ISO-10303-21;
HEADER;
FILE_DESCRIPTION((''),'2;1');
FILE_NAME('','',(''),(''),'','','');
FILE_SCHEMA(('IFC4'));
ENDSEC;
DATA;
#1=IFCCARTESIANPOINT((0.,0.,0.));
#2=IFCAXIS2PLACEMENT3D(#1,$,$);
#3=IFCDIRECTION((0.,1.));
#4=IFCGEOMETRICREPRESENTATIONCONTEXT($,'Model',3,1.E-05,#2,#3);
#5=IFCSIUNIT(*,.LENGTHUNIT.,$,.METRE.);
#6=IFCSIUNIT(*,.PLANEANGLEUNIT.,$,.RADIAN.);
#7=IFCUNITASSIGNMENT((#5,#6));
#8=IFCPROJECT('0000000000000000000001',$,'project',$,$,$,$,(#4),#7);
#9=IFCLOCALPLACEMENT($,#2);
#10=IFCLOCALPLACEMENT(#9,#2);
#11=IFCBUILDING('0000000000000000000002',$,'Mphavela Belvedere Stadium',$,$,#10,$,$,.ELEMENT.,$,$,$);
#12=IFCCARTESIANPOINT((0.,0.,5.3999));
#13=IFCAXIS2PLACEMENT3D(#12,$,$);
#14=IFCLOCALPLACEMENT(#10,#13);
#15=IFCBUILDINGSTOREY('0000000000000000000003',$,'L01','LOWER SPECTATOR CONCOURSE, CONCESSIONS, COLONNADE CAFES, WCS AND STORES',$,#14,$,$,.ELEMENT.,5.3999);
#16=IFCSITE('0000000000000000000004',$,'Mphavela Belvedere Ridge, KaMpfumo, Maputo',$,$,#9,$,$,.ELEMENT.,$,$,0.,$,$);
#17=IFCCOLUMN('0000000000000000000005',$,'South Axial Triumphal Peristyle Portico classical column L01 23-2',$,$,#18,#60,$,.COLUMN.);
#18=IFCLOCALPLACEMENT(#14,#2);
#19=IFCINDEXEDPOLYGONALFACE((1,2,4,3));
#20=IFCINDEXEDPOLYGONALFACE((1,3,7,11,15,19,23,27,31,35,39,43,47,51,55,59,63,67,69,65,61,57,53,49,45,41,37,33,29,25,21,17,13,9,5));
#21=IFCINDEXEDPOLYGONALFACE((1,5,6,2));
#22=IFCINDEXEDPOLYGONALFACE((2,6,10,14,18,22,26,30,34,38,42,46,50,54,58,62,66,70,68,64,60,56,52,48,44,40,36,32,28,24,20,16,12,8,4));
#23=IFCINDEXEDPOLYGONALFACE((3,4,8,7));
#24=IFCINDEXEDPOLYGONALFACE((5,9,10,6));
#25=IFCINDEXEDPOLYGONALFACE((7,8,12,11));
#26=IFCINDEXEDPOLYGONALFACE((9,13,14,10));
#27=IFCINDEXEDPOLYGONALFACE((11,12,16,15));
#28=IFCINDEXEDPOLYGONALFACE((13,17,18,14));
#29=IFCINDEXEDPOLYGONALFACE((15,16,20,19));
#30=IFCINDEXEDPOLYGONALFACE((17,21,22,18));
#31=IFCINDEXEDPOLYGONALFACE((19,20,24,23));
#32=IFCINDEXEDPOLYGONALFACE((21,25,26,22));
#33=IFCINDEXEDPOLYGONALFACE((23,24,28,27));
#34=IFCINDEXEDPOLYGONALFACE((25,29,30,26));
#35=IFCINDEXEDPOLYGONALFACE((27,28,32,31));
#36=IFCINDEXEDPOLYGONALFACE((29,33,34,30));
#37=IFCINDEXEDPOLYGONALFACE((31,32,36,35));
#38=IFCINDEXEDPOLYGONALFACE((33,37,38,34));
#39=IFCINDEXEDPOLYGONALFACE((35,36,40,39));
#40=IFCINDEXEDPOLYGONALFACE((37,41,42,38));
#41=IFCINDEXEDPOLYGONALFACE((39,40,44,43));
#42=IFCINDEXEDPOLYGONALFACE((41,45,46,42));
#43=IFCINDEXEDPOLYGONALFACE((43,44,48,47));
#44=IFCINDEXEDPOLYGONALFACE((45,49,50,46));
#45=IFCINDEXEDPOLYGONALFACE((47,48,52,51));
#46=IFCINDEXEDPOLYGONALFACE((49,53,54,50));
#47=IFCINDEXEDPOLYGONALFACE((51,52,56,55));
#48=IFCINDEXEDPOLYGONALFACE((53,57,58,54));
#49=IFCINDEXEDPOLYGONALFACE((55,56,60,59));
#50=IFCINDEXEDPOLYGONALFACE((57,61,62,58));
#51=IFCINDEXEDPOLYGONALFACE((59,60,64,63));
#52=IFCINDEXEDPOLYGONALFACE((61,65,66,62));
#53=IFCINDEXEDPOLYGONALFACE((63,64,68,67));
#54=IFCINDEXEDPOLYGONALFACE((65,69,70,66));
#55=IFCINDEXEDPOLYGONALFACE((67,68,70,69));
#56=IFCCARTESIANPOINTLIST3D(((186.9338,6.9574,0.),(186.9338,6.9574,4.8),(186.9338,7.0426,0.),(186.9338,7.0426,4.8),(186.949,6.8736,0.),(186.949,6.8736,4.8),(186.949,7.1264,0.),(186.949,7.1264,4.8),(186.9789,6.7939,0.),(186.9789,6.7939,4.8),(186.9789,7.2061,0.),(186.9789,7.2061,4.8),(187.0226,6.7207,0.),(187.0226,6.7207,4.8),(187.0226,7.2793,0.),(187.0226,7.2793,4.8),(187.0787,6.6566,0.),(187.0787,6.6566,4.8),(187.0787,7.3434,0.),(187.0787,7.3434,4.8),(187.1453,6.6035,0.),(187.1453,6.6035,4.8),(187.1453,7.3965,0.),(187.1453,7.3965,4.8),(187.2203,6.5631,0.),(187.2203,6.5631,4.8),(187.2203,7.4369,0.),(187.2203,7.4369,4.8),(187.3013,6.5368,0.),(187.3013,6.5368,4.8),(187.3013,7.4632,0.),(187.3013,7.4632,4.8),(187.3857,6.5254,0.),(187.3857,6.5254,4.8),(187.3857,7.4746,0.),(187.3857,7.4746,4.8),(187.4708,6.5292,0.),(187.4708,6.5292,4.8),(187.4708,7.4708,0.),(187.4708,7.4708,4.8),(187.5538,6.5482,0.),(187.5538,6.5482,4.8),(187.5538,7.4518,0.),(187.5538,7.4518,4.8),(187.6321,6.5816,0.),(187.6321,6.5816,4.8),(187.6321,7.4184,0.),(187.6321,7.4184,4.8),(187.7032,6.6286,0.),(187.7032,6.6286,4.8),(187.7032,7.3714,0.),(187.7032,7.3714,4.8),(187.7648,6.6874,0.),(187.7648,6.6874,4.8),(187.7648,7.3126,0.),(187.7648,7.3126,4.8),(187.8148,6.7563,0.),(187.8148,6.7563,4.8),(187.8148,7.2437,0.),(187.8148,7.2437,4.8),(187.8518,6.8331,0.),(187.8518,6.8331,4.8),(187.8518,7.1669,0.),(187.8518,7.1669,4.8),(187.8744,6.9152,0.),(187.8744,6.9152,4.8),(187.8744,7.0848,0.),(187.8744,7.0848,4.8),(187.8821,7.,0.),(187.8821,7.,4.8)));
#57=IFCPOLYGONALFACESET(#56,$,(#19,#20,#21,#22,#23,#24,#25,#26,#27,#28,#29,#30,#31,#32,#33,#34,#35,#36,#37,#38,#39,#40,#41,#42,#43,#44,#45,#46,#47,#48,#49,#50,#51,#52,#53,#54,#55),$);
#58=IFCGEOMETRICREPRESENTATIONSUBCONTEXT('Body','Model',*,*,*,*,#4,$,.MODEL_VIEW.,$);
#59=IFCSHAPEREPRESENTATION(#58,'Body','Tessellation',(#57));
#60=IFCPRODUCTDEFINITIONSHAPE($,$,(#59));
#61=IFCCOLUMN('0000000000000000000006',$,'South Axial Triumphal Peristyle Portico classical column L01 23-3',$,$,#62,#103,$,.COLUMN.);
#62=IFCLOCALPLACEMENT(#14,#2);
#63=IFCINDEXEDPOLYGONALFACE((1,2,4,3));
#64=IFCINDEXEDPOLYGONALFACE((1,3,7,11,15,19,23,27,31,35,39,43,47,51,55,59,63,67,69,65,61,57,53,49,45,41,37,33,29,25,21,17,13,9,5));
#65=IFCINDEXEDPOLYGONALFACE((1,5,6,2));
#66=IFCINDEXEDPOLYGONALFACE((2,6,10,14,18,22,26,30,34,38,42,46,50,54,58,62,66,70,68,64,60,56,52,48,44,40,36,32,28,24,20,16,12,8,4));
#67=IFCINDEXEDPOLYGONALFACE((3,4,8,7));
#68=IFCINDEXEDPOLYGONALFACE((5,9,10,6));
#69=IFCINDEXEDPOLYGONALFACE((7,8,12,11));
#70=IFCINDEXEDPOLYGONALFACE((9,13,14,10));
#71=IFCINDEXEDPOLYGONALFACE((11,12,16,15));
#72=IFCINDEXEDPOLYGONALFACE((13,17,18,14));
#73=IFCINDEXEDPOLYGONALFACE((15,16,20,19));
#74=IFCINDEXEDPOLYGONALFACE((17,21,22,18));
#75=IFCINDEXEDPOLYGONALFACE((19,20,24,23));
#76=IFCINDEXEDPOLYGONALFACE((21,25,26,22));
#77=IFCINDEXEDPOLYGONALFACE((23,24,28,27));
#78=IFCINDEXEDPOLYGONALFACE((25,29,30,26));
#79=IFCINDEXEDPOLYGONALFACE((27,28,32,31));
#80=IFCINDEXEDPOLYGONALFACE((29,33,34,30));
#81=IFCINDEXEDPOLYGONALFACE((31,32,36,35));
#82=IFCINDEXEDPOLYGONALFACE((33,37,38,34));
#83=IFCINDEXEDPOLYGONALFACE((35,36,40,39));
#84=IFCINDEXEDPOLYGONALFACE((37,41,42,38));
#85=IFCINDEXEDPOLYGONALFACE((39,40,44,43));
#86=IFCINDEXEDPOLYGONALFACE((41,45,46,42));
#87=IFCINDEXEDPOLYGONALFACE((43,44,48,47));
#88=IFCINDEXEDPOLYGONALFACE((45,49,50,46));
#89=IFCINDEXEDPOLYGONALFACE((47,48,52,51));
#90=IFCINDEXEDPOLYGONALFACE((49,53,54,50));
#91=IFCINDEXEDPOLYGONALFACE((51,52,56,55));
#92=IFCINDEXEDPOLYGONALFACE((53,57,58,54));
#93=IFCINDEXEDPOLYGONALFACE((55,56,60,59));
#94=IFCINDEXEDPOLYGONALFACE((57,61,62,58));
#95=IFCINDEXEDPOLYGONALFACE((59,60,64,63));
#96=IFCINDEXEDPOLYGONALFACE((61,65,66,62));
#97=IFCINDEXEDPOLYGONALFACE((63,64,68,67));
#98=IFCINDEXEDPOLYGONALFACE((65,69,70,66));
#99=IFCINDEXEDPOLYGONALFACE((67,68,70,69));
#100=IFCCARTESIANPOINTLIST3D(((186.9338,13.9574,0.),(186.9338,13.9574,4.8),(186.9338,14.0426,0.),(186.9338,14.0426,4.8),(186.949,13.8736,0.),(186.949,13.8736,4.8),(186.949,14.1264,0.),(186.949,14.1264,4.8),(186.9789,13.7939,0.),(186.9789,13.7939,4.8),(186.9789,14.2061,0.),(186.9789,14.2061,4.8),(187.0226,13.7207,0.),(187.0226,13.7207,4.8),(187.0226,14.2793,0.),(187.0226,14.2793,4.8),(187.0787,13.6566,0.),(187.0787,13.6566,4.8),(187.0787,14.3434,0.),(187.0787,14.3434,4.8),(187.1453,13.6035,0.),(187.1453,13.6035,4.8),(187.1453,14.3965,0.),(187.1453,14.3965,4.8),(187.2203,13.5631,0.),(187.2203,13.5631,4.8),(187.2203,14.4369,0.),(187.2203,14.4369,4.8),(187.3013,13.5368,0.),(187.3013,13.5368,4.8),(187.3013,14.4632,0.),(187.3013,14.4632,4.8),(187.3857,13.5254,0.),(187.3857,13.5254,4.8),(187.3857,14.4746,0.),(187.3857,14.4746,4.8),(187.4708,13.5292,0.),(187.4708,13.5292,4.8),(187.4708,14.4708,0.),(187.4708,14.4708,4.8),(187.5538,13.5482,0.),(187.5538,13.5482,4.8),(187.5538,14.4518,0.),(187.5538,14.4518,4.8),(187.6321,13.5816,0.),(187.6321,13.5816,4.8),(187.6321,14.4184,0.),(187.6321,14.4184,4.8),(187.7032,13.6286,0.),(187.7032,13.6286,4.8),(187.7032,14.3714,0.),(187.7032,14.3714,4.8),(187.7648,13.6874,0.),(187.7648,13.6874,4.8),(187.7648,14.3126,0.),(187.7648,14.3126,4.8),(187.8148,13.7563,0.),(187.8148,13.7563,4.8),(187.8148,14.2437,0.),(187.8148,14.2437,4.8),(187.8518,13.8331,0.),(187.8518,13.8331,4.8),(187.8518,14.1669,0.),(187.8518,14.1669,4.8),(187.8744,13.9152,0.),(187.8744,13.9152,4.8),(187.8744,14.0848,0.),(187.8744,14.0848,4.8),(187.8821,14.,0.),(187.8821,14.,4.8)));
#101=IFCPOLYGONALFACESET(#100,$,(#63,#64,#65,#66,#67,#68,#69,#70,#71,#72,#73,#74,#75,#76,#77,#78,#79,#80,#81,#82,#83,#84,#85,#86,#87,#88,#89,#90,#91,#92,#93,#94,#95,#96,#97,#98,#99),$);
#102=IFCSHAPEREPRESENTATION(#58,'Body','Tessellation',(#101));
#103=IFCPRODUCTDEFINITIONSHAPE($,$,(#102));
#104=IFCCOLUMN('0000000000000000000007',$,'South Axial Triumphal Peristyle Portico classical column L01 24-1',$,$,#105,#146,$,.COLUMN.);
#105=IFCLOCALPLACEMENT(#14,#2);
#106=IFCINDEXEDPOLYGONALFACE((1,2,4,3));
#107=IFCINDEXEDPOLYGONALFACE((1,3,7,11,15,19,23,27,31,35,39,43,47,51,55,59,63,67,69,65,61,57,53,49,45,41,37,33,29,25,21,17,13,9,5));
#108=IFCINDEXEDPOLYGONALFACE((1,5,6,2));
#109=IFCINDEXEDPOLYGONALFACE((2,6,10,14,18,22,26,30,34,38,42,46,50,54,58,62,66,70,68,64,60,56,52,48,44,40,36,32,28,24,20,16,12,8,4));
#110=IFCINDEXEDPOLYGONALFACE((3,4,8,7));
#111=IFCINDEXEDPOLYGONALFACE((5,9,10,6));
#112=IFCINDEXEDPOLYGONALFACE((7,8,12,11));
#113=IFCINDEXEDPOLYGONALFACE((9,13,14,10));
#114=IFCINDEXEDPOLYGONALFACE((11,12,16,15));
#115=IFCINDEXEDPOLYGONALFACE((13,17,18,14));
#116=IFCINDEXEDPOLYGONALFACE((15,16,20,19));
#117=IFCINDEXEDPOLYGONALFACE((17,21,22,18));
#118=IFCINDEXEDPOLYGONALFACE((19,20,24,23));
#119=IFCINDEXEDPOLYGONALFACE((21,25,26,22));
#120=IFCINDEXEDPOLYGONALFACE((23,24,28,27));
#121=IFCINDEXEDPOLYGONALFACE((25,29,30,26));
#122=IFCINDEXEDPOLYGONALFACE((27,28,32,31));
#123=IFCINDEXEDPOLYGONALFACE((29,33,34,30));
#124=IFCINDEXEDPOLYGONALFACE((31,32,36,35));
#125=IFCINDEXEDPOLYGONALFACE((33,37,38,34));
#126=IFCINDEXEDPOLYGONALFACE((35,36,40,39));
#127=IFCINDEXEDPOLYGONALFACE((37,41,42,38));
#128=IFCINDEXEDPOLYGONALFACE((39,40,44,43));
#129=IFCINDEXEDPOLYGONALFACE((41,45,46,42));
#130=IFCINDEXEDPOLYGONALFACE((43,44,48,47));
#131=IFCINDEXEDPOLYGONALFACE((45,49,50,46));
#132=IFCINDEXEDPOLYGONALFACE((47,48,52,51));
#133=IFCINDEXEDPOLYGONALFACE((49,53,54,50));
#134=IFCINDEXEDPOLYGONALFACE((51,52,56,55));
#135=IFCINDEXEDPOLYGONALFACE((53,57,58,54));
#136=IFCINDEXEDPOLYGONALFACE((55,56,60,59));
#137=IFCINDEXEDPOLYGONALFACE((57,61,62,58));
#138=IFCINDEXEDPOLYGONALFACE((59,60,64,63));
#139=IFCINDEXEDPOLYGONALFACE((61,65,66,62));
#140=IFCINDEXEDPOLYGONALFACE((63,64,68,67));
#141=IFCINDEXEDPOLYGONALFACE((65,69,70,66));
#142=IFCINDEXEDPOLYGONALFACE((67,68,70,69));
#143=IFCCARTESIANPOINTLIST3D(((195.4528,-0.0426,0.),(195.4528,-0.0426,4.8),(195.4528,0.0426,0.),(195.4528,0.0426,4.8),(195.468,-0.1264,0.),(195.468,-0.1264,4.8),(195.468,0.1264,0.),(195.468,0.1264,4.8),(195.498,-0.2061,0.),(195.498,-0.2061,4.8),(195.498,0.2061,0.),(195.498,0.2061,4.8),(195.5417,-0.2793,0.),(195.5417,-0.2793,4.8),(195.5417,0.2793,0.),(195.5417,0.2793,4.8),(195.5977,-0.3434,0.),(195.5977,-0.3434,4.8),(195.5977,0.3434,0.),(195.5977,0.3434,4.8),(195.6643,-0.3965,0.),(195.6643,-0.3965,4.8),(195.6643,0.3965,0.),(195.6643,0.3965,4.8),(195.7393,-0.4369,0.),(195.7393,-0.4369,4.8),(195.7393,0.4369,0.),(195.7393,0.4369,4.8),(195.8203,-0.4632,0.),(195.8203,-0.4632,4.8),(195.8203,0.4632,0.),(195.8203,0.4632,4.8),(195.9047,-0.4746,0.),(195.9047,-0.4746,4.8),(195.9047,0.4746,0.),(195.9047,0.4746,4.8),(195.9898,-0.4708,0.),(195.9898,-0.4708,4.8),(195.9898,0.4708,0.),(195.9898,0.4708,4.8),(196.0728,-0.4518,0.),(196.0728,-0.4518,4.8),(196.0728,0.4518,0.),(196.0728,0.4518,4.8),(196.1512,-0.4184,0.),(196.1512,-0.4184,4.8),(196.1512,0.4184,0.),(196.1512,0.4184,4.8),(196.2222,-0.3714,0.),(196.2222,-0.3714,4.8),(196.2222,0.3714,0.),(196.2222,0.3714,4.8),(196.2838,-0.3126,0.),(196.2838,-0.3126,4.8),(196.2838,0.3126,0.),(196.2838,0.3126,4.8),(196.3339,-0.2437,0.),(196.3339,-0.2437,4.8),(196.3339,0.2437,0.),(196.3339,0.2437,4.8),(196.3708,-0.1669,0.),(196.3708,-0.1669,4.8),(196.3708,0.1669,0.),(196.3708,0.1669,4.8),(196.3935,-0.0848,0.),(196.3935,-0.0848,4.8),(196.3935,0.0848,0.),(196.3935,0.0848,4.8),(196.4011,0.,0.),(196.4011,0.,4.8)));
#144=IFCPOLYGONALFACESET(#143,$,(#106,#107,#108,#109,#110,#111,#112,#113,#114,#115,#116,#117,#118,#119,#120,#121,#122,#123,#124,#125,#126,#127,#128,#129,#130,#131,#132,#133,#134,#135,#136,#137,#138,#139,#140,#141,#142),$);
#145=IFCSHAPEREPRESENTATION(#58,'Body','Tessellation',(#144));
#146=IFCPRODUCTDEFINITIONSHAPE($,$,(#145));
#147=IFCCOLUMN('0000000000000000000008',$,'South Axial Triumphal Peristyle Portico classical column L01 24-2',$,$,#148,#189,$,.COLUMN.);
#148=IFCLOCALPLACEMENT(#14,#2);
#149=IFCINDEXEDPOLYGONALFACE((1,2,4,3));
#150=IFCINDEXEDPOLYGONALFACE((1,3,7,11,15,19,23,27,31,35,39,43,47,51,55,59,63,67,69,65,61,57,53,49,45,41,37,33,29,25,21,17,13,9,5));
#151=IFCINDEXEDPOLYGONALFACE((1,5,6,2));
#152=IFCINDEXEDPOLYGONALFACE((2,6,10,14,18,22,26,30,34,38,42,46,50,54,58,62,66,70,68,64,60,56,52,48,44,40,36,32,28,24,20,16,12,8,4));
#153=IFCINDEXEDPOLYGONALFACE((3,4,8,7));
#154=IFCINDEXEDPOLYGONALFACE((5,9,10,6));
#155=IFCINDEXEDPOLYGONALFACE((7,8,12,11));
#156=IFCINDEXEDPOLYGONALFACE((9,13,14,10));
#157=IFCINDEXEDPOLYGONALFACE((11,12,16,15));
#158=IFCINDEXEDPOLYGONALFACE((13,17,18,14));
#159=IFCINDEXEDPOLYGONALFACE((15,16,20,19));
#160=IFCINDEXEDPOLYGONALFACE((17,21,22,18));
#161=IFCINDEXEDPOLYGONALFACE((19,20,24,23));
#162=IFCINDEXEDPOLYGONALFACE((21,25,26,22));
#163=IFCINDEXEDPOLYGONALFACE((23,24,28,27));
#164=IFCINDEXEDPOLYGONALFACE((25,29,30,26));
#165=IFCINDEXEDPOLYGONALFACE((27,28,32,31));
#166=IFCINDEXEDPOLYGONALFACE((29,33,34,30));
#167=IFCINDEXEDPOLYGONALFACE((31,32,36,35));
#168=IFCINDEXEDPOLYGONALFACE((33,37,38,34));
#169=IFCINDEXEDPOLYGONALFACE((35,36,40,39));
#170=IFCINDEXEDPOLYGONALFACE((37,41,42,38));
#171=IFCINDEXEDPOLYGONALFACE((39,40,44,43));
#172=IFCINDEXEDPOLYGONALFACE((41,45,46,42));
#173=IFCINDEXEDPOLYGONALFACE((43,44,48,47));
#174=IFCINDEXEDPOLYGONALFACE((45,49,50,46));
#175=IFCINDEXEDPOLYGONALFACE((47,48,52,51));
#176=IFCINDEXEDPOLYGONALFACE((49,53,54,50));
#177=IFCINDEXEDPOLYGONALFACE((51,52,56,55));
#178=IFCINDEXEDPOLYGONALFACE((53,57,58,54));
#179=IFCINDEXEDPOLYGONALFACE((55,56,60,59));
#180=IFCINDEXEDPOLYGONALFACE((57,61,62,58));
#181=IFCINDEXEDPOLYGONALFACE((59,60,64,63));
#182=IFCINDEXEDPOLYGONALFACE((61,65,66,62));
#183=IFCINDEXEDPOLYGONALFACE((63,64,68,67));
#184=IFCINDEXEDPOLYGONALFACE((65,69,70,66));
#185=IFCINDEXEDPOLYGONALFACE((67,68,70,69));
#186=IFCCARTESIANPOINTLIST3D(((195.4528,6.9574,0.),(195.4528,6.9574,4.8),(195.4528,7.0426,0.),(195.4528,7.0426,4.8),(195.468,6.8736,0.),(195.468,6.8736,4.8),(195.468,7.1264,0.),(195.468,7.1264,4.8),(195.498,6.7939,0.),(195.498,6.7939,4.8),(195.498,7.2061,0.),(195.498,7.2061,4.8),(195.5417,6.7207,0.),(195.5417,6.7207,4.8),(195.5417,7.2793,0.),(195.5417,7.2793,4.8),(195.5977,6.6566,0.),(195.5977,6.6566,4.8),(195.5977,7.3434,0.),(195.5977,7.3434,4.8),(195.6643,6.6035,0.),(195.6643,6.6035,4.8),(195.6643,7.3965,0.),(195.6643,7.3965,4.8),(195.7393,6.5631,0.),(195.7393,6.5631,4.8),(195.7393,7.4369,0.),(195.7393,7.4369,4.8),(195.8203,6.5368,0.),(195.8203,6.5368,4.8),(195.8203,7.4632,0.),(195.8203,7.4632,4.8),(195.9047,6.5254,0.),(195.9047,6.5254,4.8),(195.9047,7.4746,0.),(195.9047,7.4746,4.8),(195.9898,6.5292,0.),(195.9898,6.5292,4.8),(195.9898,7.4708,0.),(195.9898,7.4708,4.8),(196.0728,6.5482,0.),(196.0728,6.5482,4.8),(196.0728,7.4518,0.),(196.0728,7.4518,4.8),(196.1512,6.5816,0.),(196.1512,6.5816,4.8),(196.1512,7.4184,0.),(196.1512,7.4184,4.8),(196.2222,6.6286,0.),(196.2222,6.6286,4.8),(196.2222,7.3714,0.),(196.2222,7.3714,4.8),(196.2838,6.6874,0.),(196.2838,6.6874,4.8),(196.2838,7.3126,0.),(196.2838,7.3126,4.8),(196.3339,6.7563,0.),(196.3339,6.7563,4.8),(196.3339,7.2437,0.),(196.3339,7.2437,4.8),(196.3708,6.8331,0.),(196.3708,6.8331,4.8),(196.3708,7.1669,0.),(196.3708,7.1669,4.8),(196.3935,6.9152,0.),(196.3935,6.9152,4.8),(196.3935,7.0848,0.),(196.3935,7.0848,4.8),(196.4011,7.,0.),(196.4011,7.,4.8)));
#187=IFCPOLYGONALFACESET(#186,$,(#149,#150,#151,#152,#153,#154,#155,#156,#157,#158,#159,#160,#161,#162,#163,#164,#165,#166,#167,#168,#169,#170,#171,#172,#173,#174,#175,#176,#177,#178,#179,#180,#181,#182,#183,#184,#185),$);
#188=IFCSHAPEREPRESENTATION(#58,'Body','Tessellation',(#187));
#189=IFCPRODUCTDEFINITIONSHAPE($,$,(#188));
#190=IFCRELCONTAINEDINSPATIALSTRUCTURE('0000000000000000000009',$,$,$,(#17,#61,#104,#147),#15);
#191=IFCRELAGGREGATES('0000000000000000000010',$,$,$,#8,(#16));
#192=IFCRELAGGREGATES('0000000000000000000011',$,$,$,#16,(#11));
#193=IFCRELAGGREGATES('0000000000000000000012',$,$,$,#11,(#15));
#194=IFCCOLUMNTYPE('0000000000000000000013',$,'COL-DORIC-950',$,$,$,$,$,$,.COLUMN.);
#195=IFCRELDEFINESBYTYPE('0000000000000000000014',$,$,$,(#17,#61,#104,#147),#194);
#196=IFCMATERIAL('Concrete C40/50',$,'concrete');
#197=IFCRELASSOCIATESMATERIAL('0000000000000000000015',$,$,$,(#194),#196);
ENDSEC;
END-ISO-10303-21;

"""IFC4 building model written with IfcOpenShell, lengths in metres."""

from ifc_helpers import new_model, si_unit, direction, frame, origin, origin_2d, place, context, subcontext, project, spatial, circle, extrude, material, material_profile, profile_set, type_object, element, save


model = new_model("IFC4")

# Units and contexts
model_context = context("Model", 3, precision=1e-05, world=origin(), true_north=direction((0.0, 1.0)))
body_context = subcontext(model_context, "Body", "Model", "MODEL_VIEW")
ifc_project = project(units=[si_unit("LENGTHUNIT", "METRE"), si_unit("PLANEANGLEUNIT", "RADIAN")], contexts=[model_context])

# Site, building, storey
site_placement = place(None, origin())
site = spatial("IfcSite", under=ifc_project, at=site_placement, Name="Mphavela Belvedere Ridge, KaMpfumo, Maputo", CompositionType="ELEMENT", RefElevation=0.0)
building_placement = place(site_placement, origin())
building = spatial("IfcBuilding", under=site, at=building_placement, Name="Mphavela Belvedere Stadium", CompositionType="ELEMENT")
storey_placement = place(building_placement, frame((0.0, 0.0, 5.3999)))
storey = spatial("IfcBuildingStorey", under=building, at=storey_placement, Name="L01", Description="LOWER SPECTATOR CONCOURSE, CONCESSIONS, COLONNADE CAFES, WCS AND STORES", CompositionType="ELEMENT", Elevation=5.3999)

# Columns
ifc_material_1 = material(Name="Concrete C40/50", Category="concrete")
ifc_material_profile_1 = material_profile(ifc_material_1, circle(Radius=0.4751, at=origin_2d()), Name="COL D950")
ifc_profile_set_1 = profile_set([ifc_material_profile_1], Name="Concrete C40/50")
column_type_1 = type_object("IfcColumnType", Name="COL-DORIC-950", PredefinedType="COLUMN", material=ifc_profile_set_1)
for number, where, z_axis, x_axis, name in (
    (1, (187.407, 7.0, 0.0), (0.0, 0.0, 1.0), (1.0, 0.0, 0.0), "South Axial Triumphal Peristyle Portico classical column L01 23-2"),
    (2, (187.407, 14.0, 0.0), (0.0, 0.0, 1.0), (1.0, 0.0, 0.0), "South Axial Triumphal Peristyle Portico classical column L01 23-3"),
    (3, (195.926, 0.0, 0.0), (0.0, 0.0, 1.0), (1.0, 0.0, 0.0), "South Axial Triumphal Peristyle Portico classical column L01 24-1"),
    (4, (195.926, 7.0, 0.0), (0.0, 0.0, 1.0), (1.0, 0.0, 0.0), "South Axial Triumphal Peristyle Portico classical column L01 24-2"),
):
    element("IfcColumn", number, at=place(storey_placement, frame(where, z_axis=z_axis, x_axis=x_axis)), inside=storey, type_object=column_type_1, Name=name, PredefinedType="COLUMN", context=body_context, shape_type="SweptSolid", body=[
        extrude(circle(Radius=0.4751, at=origin_2d()), origin(), (0.0, 0.0, 1.0), 4.8),
    ])

save(model, "model.ifc")
